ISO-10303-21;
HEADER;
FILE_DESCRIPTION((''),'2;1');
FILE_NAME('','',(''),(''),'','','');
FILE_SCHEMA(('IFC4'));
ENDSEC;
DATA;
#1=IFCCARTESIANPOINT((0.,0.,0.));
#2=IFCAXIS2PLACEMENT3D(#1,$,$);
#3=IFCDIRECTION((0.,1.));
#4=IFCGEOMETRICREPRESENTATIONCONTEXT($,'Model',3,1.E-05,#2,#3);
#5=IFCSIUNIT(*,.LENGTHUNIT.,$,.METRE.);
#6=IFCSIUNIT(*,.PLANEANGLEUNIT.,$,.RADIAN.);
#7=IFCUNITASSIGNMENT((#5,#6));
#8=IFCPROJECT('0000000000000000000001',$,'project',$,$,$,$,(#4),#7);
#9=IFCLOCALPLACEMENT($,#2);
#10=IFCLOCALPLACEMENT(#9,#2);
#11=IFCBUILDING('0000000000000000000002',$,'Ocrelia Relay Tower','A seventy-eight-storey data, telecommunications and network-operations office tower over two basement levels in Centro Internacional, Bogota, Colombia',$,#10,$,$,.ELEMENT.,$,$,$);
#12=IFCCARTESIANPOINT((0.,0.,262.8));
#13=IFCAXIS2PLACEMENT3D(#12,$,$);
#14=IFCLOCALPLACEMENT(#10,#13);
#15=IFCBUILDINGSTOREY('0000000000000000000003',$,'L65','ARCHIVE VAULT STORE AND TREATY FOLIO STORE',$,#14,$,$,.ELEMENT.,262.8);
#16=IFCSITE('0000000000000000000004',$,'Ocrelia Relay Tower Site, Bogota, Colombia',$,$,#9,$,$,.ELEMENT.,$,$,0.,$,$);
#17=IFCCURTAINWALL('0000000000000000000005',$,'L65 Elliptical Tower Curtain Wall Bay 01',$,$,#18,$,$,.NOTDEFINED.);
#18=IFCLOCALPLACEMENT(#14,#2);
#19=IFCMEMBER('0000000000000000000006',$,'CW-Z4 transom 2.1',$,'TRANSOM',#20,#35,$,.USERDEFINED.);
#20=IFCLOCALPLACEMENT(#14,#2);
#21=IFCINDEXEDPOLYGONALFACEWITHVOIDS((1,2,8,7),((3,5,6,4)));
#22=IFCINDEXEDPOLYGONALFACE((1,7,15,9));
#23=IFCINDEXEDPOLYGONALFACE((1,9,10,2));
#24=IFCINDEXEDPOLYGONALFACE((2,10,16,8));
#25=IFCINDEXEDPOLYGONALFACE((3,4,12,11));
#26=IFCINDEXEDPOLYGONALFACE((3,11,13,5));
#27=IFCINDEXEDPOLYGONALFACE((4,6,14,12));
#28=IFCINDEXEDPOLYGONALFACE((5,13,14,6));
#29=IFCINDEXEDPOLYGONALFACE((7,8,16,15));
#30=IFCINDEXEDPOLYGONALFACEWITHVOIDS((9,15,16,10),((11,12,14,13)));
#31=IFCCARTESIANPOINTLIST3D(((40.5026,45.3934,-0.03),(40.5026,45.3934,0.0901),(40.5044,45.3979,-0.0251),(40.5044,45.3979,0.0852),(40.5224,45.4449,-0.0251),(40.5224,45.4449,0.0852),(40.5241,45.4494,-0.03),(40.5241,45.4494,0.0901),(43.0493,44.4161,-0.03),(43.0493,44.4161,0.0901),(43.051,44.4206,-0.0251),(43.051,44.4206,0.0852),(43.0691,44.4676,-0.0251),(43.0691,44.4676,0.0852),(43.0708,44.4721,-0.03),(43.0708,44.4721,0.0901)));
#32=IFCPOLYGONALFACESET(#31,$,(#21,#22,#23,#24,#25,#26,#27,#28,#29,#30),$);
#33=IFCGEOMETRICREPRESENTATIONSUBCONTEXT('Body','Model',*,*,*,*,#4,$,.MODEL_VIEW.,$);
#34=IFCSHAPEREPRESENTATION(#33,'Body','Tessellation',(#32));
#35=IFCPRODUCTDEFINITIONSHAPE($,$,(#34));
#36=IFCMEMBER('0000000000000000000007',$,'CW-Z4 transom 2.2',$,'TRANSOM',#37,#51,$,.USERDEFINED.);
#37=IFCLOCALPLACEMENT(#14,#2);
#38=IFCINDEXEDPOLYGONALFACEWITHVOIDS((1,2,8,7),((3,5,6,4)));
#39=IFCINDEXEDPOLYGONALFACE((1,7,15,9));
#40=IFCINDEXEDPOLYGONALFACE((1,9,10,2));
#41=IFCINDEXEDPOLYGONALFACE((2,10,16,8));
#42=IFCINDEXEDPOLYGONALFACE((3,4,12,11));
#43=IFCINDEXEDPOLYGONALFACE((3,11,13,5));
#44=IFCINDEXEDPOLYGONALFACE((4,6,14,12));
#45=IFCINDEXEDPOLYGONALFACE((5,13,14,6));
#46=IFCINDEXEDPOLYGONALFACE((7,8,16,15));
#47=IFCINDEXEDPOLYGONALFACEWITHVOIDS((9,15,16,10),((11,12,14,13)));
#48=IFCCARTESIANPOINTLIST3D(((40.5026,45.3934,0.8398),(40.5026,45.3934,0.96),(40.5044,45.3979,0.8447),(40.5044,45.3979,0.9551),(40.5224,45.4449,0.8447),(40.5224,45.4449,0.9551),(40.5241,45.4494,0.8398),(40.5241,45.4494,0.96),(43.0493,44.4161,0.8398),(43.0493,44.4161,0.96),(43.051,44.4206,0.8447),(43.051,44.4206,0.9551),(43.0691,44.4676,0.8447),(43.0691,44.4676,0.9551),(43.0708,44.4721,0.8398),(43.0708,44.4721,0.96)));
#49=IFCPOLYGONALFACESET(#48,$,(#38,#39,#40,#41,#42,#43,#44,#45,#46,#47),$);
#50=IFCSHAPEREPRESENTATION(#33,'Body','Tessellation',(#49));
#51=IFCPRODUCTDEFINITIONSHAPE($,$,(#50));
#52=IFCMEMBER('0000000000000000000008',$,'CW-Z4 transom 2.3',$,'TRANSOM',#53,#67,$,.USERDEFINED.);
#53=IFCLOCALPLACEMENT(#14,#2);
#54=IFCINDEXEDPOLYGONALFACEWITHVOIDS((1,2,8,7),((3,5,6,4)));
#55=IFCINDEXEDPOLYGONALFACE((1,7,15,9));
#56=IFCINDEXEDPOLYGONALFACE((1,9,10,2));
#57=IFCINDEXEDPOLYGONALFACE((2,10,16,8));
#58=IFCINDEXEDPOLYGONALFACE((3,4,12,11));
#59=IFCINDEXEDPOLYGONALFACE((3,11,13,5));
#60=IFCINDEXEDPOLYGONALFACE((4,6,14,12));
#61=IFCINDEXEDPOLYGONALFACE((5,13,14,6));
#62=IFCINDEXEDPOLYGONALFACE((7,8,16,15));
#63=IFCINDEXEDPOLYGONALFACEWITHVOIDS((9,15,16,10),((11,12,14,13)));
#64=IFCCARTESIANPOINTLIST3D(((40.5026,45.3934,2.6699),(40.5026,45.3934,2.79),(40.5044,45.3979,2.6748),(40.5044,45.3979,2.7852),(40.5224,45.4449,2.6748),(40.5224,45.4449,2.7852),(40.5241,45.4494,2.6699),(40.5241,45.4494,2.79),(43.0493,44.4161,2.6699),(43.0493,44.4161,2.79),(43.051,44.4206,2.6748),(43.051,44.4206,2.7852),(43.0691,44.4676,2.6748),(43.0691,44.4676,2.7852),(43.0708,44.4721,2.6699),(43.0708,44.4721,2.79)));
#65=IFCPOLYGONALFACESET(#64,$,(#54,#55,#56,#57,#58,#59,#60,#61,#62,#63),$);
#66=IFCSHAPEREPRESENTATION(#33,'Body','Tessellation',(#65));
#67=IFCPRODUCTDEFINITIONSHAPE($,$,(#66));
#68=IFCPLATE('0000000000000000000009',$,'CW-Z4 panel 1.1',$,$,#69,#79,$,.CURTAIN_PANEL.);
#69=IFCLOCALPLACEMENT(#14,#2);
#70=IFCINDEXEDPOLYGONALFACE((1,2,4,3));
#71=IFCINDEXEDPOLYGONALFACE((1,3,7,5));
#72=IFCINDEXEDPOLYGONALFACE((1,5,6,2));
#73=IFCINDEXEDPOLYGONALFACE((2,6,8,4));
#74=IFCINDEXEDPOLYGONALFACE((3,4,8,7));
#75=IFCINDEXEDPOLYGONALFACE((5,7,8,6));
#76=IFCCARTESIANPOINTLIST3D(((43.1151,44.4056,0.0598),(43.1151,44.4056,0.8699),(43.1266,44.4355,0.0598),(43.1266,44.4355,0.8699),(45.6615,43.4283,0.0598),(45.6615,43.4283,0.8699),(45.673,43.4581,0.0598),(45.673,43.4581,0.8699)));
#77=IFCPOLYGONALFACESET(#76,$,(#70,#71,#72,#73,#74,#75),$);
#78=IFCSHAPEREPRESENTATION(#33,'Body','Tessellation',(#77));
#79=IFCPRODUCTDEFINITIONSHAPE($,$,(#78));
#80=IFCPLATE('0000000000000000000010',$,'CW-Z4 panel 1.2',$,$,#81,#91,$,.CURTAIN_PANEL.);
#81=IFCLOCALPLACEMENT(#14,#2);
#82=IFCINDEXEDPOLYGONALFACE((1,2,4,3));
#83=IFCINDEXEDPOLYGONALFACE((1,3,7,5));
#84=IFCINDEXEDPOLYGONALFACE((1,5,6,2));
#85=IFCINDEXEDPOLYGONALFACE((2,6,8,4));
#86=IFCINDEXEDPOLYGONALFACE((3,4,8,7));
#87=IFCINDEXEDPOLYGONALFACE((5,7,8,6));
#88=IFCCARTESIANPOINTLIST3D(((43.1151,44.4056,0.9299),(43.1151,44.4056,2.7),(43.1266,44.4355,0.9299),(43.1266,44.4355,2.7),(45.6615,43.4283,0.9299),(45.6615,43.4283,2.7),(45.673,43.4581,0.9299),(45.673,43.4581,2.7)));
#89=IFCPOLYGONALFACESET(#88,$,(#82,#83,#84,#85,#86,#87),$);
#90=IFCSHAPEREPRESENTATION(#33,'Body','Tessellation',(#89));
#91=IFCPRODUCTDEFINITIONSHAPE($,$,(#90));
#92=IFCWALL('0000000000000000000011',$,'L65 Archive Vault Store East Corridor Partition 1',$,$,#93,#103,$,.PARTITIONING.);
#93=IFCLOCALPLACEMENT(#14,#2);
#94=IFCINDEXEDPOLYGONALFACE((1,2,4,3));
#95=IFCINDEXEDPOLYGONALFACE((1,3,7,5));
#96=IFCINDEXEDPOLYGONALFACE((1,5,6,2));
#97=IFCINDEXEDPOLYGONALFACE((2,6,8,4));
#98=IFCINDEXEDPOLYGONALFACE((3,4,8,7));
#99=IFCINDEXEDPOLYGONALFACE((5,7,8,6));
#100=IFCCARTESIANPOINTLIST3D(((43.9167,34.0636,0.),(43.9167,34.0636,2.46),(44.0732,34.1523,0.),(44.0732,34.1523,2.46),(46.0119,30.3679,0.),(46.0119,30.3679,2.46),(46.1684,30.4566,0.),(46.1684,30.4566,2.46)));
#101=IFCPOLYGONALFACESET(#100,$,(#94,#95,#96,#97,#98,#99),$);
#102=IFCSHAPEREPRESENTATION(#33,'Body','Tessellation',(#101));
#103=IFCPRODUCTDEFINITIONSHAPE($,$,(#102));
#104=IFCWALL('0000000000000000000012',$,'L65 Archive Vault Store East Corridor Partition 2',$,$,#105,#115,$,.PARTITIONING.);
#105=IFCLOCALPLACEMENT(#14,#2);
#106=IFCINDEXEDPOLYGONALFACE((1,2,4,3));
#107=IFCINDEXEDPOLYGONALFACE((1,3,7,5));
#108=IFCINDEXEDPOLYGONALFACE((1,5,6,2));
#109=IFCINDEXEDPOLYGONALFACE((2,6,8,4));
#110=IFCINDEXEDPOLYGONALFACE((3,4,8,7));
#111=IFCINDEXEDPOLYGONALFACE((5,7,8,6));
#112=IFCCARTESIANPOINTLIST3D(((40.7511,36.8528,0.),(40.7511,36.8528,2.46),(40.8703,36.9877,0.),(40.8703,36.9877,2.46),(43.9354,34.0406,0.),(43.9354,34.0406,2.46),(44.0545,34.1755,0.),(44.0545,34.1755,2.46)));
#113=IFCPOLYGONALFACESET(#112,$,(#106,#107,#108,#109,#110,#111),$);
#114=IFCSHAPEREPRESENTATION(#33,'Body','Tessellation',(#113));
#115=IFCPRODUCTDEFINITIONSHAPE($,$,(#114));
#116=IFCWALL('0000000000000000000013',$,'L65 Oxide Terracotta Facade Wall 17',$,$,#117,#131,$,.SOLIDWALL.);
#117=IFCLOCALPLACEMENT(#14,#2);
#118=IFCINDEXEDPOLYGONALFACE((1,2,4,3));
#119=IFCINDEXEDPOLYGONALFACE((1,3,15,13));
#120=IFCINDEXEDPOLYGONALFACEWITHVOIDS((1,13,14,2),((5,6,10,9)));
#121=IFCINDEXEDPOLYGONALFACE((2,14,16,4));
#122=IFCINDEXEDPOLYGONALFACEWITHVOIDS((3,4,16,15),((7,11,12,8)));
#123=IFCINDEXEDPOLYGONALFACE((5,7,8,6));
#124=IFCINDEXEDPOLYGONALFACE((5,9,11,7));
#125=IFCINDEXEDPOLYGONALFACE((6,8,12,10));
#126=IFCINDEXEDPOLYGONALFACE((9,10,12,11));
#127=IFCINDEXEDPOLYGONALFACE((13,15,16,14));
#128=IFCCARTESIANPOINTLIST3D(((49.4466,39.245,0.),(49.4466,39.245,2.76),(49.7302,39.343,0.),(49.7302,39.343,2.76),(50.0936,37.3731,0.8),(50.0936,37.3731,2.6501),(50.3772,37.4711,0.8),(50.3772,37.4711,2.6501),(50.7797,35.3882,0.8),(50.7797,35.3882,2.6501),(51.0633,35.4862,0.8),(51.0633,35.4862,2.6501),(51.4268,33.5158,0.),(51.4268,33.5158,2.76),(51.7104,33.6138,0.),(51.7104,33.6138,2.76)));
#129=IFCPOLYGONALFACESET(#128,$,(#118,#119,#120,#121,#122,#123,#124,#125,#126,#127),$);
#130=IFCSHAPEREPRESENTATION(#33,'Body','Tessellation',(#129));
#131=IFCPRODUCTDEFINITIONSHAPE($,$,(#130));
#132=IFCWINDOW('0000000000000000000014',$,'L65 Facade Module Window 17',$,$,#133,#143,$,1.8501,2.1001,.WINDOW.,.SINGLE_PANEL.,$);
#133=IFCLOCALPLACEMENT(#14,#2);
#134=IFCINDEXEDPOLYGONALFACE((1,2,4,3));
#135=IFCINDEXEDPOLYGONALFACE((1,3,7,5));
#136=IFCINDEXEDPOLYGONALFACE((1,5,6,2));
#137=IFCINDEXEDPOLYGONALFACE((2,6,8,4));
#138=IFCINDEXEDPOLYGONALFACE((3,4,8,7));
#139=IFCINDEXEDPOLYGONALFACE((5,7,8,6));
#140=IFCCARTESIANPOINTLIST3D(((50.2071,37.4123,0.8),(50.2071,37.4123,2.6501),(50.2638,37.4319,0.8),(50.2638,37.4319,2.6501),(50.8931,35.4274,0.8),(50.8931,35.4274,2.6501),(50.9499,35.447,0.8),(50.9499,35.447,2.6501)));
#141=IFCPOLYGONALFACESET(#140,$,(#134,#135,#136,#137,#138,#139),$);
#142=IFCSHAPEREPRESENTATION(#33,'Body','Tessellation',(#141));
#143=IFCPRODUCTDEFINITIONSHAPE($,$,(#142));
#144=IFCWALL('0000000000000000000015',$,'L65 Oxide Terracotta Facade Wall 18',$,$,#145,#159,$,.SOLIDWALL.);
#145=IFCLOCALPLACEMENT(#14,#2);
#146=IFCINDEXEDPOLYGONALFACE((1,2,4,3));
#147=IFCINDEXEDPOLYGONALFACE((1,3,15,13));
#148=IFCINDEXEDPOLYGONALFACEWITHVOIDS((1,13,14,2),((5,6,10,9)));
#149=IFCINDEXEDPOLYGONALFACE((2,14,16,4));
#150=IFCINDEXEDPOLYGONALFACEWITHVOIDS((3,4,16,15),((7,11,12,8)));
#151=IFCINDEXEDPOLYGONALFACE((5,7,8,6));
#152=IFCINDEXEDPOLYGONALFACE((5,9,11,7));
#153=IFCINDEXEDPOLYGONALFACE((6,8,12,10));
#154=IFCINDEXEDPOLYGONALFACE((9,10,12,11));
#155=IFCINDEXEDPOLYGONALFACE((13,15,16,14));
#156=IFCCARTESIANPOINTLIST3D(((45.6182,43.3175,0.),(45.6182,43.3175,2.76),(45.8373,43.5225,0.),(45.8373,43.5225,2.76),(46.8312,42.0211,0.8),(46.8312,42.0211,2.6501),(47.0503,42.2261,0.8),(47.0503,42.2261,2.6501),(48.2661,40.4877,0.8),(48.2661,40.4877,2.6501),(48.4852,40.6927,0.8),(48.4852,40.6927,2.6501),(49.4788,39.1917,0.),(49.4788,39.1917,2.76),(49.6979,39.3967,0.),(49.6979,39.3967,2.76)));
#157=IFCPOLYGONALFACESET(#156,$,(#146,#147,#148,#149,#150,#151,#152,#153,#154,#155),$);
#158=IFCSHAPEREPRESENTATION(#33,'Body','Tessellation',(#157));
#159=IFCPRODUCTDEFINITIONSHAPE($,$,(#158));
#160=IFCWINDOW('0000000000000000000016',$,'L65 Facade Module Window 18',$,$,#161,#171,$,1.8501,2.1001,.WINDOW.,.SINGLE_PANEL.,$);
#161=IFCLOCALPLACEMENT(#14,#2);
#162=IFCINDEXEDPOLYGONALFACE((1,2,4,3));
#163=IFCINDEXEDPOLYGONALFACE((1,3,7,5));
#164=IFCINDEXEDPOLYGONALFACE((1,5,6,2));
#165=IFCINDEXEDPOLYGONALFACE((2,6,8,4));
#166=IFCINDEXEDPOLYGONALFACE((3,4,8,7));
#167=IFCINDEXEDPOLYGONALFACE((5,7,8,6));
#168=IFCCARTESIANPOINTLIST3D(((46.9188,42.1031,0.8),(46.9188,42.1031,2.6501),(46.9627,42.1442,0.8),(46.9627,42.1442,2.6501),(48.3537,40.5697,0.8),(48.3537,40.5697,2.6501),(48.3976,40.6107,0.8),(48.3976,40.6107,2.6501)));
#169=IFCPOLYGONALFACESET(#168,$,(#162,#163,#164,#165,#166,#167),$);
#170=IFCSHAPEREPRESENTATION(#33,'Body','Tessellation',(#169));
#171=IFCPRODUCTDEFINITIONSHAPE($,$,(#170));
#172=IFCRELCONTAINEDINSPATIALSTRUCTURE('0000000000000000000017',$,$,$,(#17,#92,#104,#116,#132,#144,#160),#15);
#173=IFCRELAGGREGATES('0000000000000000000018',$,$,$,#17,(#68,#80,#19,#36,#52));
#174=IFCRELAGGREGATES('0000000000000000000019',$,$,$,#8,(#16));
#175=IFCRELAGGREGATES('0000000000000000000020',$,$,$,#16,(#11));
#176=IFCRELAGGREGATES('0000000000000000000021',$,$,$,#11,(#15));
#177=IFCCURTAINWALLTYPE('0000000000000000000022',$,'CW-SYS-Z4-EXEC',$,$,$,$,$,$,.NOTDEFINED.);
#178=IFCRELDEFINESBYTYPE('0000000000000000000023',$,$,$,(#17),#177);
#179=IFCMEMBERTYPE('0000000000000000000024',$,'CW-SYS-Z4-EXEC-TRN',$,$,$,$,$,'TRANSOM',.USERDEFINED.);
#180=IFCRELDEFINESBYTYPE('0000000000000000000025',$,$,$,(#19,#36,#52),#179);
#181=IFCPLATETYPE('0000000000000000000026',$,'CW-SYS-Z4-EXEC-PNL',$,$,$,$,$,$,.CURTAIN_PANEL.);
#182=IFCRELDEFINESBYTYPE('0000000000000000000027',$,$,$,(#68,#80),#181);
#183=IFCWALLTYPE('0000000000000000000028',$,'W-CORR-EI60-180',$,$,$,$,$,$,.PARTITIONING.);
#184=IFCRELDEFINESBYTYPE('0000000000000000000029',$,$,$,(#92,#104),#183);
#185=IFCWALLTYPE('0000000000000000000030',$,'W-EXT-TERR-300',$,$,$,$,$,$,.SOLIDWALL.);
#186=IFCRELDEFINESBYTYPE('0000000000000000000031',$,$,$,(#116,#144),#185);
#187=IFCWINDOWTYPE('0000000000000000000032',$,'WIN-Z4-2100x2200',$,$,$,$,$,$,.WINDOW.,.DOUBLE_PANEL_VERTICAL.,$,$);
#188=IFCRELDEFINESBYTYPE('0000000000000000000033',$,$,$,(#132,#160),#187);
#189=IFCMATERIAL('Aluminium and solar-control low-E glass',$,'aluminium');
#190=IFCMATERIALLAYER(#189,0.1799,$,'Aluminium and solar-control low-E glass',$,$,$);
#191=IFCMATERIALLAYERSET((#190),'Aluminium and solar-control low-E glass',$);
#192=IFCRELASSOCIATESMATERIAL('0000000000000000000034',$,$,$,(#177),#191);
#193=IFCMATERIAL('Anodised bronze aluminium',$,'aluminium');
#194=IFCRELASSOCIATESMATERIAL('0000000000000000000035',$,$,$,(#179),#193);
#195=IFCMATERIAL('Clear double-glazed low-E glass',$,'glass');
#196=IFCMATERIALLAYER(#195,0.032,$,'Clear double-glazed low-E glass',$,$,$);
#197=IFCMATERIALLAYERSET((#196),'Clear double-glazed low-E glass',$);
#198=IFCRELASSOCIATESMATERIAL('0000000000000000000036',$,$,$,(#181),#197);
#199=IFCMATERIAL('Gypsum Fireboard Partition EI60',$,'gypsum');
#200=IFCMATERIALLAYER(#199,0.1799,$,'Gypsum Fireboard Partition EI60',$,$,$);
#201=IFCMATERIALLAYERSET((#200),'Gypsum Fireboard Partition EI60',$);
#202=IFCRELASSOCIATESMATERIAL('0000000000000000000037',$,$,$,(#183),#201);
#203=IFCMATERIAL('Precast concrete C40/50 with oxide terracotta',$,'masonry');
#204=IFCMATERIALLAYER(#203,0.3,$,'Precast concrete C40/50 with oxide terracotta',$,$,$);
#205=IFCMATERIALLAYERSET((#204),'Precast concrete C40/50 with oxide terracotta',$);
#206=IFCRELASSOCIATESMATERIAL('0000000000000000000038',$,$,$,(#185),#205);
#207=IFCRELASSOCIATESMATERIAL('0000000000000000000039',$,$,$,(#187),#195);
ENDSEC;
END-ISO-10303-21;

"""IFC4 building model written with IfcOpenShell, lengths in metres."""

from ifc_helpers import new_model, si_unit, direction, frame, frame_2d, origin, origin_2d, place, context, subcontext, project, spatial, rectangle, hollow_rectangle, extrude, material, layer, layer_set, material_profile, profile_set, type_object, element, fill, aggregate, save


model = new_model("IFC4")

# Units and contexts
model_context = context("Model", 3, precision=1e-05, world=origin(), true_north=direction((0.0, 1.0)))
body_context = subcontext(model_context, "Body", "Model", "MODEL_VIEW")
ifc_project = project(units=[si_unit("LENGTHUNIT", "METRE"), si_unit("PLANEANGLEUNIT", "RADIAN")], contexts=[model_context])

# Site, building, storey
site_placement = place(None, origin())
site = spatial("IfcSite", under=ifc_project, at=site_placement, Name="Ocrelia Relay Tower Site, Bogota, Colombia", CompositionType="ELEMENT", RefElevation=0.0)
building_placement = place(site_placement, origin())
building = spatial("IfcBuilding", under=site, at=building_placement, Name="Ocrelia Relay Tower", Description="A seventy-eight-storey data, telecommunications and network-operations office tower over two basement levels in Centro Internacional, Bogota, Colombia", CompositionType="ELEMENT")
storey_placement = place(building_placement, frame((0.0, 0.0, 262.8)))
storey = spatial("IfcBuildingStorey", under=building, at=storey_placement, Name="L65", Description="ARCHIVE VAULT STORE AND TREATY FOLIO STORE", CompositionType="ELEMENT", Elevation=262.8)

# Curtain wall, members, plates
ifc_material_1 = material(Name="Aluminium and solar-control low-E glass", Category="aluminium")
ifc_layer_1 = layer(ifc_material_1, 0.1799, Name="Aluminium and solar-control low-E glass")
ifc_layer_set_1 = layer_set([ifc_layer_1], Name="Aluminium and solar-control low-E glass")
curtain_wall_type = type_object("IfcCurtainWallType", Name="CW-SYS-Z4-EXEC", PredefinedType="NOTDEFINED", material=ifc_layer_set_1)
curtain_wall_placement = place(storey_placement, origin())
curtain_wall = element("IfcCurtainWall", 1, at=curtain_wall_placement, inside=storey, type_object=curtain_wall_type, Name="L65 Elliptical Tower Curtain Wall Bay 01", PredefinedType="NOTDEFINED")
ifc_material_2 = material(Name="Anodised bronze aluminium", Category="aluminium")
ifc_material_profile_1 = material_profile(ifc_material_2, hollow_rectangle(XDim=0.0601, YDim=0.1201, WallThickness=0.0049, at=origin_2d()), Name="CW-TRN-120x60")
ifc_profile_set_1 = profile_set([ifc_material_profile_1], Name="Anodised bronze aluminium")
member_type_1 = type_object("IfcMemberType", Name="CW-SYS-Z4-EXEC-TRN", ElementType="TRANSOM", PredefinedType="USERDEFINED", material=ifc_profile_set_1)
member_1_placement = place(storey_placement, frame((43.0601, 44.4441, 0.03), z_axis=(-0.933613, 0.358283, 0.0), x_axis=(-0.358283, -0.933613, 0.0)))
member_1 = element("IfcMember", 2, at=member_1_placement, type_object=member_type_1, Name="CW-Z4 transom 2.1", ObjectType="TRANSOM", PredefinedType="USERDEFINED", context=body_context, shape_type="SweptSolid", body=[
    extrude(hollow_rectangle(XDim=0.0601, YDim=0.1201, WallThickness=0.0049, at=origin_2d()), origin(), (0.0, 0.0, 1.0), 2.7278),
])
member_2_placement = place(storey_placement, frame((43.0601, 44.4441, 0.8999), z_axis=(-0.933613, 0.358283, 0.0), x_axis=(-0.358283, -0.933613, 0.0)))
member_2 = element("IfcMember", 3, at=member_2_placement, type_object=member_type_1, Name="CW-Z4 transom 2.2", ObjectType="TRANSOM", PredefinedType="USERDEFINED", context=body_context, shape_type="SweptSolid", body=[
    extrude(hollow_rectangle(XDim=0.0601, YDim=0.1201, WallThickness=0.0049, at=origin_2d()), origin(), (0.0, 0.0, 1.0), 2.7278),
])
member_3_placement = place(storey_placement, frame((43.0601, 44.4441, 2.73), z_axis=(-0.933613, 0.358283, 0.0), x_axis=(-0.358283, -0.933613, 0.0)))
member_3 = element("IfcMember", 4, at=member_3_placement, type_object=member_type_1, Name="CW-Z4 transom 2.3", ObjectType="TRANSOM", PredefinedType="USERDEFINED", context=body_context, shape_type="SweptSolid", body=[
    extrude(hollow_rectangle(XDim=0.0601, YDim=0.1201, WallThickness=0.0049, at=origin_2d()), origin(), (0.0, 0.0, 1.0), 2.7278),
])
ifc_material_3 = material(Name="Clear double-glazed low-E glass", Category="glass")
ifc_layer_2 = layer(ifc_material_3, 0.032, Name="Clear double-glazed low-E glass")
ifc_layer_set_2 = layer_set([ifc_layer_2], Name="Clear double-glazed low-E glass")
plate_type = type_object("IfcPlateType", Name="CW-SYS-Z4-EXEC-PNL", PredefinedType="CURTAIN_PANEL", material=ifc_layer_set_2)
plate_1_placement = place(storey_placement, frame((44.394, 43.9319, 0.0598), z_axis=(0.0, 0.0, 1.0), x_axis=(-0.933594, 0.358334, 0.0)))
plate_1 = element("IfcPlate", 5, at=plate_1_placement, type_object=plate_type, Name="CW-Z4 panel 1.1", PredefinedType="CURTAIN_PANEL", context=body_context, shape_type="SweptSolid", body=[
    extrude(rectangle(XDim=2.7275, YDim=0.032, at=origin_2d()), origin(), (0.0, 0.0, 1.0), 0.8101),
])
plate_2_placement = place(storey_placement, frame((44.394, 43.9319, 0.9299), z_axis=(0.0, 0.0, 1.0), x_axis=(-0.933594, 0.358334, 0.0)))
plate_2 = element("IfcPlate", 6, at=plate_2_placement, type_object=plate_type, Name="CW-Z4 panel 1.2", PredefinedType="CURTAIN_PANEL", context=body_context, shape_type="SweptSolid", body=[
    extrude(rectangle(XDim=2.7275, YDim=0.032, at=origin_2d()), origin(), (0.0, 0.0, 1.0), 1.77),
])
aggregate(curtain_wall, [plate_1, plate_2, member_1, member_2, member_3])

# Walls
ifc_material_4 = material(Name="Gypsum Fireboard Partition EI60", Category="gypsum")
ifc_layer_3 = layer(ifc_material_4, 0.1799, Name="Gypsum Fireboard Partition EI60")
ifc_layer_set_3 = layer_set([ifc_layer_3], Name="Gypsum Fireboard Partition EI60")
wall_type_1 = type_object("IfcWallType", Name="W-CORR-EI60-180", PredefinedType="PARTITIONING", material=ifc_layer_set_3)
for number, where, z_axis, x_axis, name in (
    (7, (46.0901, 30.4124, 0.0), (0.0, 0.0, 1.0), (-0.493178, 0.869929, 0.0), "L65 Archive Vault Store East Corridor Partition 1"),
    (8, (43.9949, 34.1082, 0.0), (0.0, 0.0, 1.0), (-0.749539, 0.66196, 0.0), "L65 Archive Vault Store East Corridor Partition 2"),
):
    element("IfcWall", number, at=place(storey_placement, frame(where, z_axis=z_axis, x_axis=x_axis)), inside=storey, type_object=wall_type_1, Name=name, PredefinedType="PARTITIONING", context=body_context, shape_type="SweptSolid", body=[
        extrude(rectangle(XDim=4.2483, YDim=0.1799, at=frame_2d((2.124, 0.0))), origin(), (0.0, 0.0, 1.0), 2.46),
    ])

# Walls, openings, windows
ifc_material_5 = material(Name="Precast concrete C40/50 with oxide terracotta", Category="masonry")
ifc_layer_4 = layer(ifc_material_5, 0.3, Name="Precast concrete C40/50 with oxide terracotta")
ifc_layer_set_4 = layer_set([ifc_layer_4], Name="Precast concrete C40/50 with oxide terracotta")
wall_type_2 = type_object("IfcWallType", Name="W-EXT-TERR-300", PredefinedType="SOLIDWALL", material=ifc_layer_set_4)
wall_1_placement = place(storey_placement, frame((51.5686, 33.5649, 0.0), z_axis=(0.0, 0.0, 1.0), x_axis=(-0.326672, 0.945138, 0.0)))
wall_1 = element("IfcWall", 9, at=wall_1_placement, inside=storey, type_object=wall_type_2, Name="L65 Oxide Terracotta Facade Wall 17", PredefinedType="SOLIDWALL", context=body_context, shape_type="SweptSolid", body=[
    extrude(rectangle(XDim=6.0618, YDim=0.3, at=frame_2d((3.0308, 0.0))), origin(), (0.0, 0.0, 1.0), 2.76),
])
opening_1_placement = place(wall_1_placement, frame((1.981, 0.0, 0.8)))
opening_1 = element("IfcOpeningElement", 10, at=opening_1_placement, cuts=wall_1, PredefinedType="OPENING", context=body_context, shape_type="SweptSolid", body=[
    extrude(rectangle(XDim=2.1001, YDim=1.8501, at=frame_2d((1.05, 0.925))), frame((0.0, 0.1602, 0.0), z_axis=(0.0, -1.0, 0.0), x_axis=(1.0, 0.0, 0.0)), (0.0, 0.0, 1.0), 0.3201),
])
window_type = type_object("IfcWindowType", Name="WIN-Z4-2100x2200", PartitioningType="DOUBLE_PANEL_VERTICAL", PredefinedType="WINDOW", material=ifc_material_3)
window_1_placement = place(opening_1_placement, origin())
window_1 = element("IfcWindow", 11, at=window_1_placement, inside=storey, type_object=window_type, Name="L65 Facade Module Window 17", OverallHeight=1.8501, OverallWidth=2.1001, PartitioningType="SINGLE_PANEL", PredefinedType="WINDOW", context=body_context, shape_type="SweptSolid", body=[
    extrude(rectangle(XDim=2.1001, YDim=1.8501, at=frame_2d((1.05, 0.925))), frame((0.0, 0.03, 0.0), z_axis=(0.0, -1.0, 0.0), x_axis=(1.0, 0.0, 0.0)), (0.0, 0.0, 1.0), 0.0601),
])
fill(opening_1, window_1)
wall_2_placement = place(storey_placement, frame((49.5884, 39.2942, 0.0), z_axis=(0.0, 0.0, 1.0), x_axis=(-0.683255, 0.73018, 0.0)))
wall_2 = element("IfcWall", 12, at=wall_2_placement, inside=storey, type_object=wall_type_2, Name="L65 Oxide Terracotta Facade Wall 18", PredefinedType="SOLIDWALL", context=body_context, shape_type="SweptSolid", body=[
    extrude(rectangle(XDim=5.6504, YDim=0.3, at=frame_2d((2.8252, 0.0))), origin(), (0.0, 0.0, 1.0), 2.76),
])
opening_2_placement = place(wall_2_placement, frame((1.7749, 0.0, 0.8)))
opening_2 = element("IfcOpeningElement", 13, at=opening_2_placement, cuts=wall_2, PredefinedType="OPENING", context=body_context, shape_type="SweptSolid", body=[
    extrude(rectangle(XDim=2.1001, YDim=1.8501, at=frame_2d((1.05, 0.925))), frame((0.0, 0.1602, 0.0), z_axis=(0.0, -1.0, 0.0), x_axis=(1.0, 0.0, 0.0)), (0.0, 0.0, 1.0), 0.3201),
])
window_2_placement = place(opening_2_placement, origin())
window_2 = element("IfcWindow", 14, at=window_2_placement, inside=storey, type_object=window_type, Name="L65 Facade Module Window 18", OverallHeight=1.8501, OverallWidth=2.1001, PartitioningType="SINGLE_PANEL", PredefinedType="WINDOW", context=body_context, shape_type="SweptSolid", body=[
    extrude(rectangle(XDim=2.1001, YDim=1.8501, at=frame_2d((1.05, 0.925))), frame((0.0, 0.03, 0.0), z_axis=(0.0, -1.0, 0.0), x_axis=(1.0, 0.0, 0.0)), (0.0, 0.0, 1.0), 0.0601),
])
fill(opening_2, window_2)

save(model, "model.ifc")
